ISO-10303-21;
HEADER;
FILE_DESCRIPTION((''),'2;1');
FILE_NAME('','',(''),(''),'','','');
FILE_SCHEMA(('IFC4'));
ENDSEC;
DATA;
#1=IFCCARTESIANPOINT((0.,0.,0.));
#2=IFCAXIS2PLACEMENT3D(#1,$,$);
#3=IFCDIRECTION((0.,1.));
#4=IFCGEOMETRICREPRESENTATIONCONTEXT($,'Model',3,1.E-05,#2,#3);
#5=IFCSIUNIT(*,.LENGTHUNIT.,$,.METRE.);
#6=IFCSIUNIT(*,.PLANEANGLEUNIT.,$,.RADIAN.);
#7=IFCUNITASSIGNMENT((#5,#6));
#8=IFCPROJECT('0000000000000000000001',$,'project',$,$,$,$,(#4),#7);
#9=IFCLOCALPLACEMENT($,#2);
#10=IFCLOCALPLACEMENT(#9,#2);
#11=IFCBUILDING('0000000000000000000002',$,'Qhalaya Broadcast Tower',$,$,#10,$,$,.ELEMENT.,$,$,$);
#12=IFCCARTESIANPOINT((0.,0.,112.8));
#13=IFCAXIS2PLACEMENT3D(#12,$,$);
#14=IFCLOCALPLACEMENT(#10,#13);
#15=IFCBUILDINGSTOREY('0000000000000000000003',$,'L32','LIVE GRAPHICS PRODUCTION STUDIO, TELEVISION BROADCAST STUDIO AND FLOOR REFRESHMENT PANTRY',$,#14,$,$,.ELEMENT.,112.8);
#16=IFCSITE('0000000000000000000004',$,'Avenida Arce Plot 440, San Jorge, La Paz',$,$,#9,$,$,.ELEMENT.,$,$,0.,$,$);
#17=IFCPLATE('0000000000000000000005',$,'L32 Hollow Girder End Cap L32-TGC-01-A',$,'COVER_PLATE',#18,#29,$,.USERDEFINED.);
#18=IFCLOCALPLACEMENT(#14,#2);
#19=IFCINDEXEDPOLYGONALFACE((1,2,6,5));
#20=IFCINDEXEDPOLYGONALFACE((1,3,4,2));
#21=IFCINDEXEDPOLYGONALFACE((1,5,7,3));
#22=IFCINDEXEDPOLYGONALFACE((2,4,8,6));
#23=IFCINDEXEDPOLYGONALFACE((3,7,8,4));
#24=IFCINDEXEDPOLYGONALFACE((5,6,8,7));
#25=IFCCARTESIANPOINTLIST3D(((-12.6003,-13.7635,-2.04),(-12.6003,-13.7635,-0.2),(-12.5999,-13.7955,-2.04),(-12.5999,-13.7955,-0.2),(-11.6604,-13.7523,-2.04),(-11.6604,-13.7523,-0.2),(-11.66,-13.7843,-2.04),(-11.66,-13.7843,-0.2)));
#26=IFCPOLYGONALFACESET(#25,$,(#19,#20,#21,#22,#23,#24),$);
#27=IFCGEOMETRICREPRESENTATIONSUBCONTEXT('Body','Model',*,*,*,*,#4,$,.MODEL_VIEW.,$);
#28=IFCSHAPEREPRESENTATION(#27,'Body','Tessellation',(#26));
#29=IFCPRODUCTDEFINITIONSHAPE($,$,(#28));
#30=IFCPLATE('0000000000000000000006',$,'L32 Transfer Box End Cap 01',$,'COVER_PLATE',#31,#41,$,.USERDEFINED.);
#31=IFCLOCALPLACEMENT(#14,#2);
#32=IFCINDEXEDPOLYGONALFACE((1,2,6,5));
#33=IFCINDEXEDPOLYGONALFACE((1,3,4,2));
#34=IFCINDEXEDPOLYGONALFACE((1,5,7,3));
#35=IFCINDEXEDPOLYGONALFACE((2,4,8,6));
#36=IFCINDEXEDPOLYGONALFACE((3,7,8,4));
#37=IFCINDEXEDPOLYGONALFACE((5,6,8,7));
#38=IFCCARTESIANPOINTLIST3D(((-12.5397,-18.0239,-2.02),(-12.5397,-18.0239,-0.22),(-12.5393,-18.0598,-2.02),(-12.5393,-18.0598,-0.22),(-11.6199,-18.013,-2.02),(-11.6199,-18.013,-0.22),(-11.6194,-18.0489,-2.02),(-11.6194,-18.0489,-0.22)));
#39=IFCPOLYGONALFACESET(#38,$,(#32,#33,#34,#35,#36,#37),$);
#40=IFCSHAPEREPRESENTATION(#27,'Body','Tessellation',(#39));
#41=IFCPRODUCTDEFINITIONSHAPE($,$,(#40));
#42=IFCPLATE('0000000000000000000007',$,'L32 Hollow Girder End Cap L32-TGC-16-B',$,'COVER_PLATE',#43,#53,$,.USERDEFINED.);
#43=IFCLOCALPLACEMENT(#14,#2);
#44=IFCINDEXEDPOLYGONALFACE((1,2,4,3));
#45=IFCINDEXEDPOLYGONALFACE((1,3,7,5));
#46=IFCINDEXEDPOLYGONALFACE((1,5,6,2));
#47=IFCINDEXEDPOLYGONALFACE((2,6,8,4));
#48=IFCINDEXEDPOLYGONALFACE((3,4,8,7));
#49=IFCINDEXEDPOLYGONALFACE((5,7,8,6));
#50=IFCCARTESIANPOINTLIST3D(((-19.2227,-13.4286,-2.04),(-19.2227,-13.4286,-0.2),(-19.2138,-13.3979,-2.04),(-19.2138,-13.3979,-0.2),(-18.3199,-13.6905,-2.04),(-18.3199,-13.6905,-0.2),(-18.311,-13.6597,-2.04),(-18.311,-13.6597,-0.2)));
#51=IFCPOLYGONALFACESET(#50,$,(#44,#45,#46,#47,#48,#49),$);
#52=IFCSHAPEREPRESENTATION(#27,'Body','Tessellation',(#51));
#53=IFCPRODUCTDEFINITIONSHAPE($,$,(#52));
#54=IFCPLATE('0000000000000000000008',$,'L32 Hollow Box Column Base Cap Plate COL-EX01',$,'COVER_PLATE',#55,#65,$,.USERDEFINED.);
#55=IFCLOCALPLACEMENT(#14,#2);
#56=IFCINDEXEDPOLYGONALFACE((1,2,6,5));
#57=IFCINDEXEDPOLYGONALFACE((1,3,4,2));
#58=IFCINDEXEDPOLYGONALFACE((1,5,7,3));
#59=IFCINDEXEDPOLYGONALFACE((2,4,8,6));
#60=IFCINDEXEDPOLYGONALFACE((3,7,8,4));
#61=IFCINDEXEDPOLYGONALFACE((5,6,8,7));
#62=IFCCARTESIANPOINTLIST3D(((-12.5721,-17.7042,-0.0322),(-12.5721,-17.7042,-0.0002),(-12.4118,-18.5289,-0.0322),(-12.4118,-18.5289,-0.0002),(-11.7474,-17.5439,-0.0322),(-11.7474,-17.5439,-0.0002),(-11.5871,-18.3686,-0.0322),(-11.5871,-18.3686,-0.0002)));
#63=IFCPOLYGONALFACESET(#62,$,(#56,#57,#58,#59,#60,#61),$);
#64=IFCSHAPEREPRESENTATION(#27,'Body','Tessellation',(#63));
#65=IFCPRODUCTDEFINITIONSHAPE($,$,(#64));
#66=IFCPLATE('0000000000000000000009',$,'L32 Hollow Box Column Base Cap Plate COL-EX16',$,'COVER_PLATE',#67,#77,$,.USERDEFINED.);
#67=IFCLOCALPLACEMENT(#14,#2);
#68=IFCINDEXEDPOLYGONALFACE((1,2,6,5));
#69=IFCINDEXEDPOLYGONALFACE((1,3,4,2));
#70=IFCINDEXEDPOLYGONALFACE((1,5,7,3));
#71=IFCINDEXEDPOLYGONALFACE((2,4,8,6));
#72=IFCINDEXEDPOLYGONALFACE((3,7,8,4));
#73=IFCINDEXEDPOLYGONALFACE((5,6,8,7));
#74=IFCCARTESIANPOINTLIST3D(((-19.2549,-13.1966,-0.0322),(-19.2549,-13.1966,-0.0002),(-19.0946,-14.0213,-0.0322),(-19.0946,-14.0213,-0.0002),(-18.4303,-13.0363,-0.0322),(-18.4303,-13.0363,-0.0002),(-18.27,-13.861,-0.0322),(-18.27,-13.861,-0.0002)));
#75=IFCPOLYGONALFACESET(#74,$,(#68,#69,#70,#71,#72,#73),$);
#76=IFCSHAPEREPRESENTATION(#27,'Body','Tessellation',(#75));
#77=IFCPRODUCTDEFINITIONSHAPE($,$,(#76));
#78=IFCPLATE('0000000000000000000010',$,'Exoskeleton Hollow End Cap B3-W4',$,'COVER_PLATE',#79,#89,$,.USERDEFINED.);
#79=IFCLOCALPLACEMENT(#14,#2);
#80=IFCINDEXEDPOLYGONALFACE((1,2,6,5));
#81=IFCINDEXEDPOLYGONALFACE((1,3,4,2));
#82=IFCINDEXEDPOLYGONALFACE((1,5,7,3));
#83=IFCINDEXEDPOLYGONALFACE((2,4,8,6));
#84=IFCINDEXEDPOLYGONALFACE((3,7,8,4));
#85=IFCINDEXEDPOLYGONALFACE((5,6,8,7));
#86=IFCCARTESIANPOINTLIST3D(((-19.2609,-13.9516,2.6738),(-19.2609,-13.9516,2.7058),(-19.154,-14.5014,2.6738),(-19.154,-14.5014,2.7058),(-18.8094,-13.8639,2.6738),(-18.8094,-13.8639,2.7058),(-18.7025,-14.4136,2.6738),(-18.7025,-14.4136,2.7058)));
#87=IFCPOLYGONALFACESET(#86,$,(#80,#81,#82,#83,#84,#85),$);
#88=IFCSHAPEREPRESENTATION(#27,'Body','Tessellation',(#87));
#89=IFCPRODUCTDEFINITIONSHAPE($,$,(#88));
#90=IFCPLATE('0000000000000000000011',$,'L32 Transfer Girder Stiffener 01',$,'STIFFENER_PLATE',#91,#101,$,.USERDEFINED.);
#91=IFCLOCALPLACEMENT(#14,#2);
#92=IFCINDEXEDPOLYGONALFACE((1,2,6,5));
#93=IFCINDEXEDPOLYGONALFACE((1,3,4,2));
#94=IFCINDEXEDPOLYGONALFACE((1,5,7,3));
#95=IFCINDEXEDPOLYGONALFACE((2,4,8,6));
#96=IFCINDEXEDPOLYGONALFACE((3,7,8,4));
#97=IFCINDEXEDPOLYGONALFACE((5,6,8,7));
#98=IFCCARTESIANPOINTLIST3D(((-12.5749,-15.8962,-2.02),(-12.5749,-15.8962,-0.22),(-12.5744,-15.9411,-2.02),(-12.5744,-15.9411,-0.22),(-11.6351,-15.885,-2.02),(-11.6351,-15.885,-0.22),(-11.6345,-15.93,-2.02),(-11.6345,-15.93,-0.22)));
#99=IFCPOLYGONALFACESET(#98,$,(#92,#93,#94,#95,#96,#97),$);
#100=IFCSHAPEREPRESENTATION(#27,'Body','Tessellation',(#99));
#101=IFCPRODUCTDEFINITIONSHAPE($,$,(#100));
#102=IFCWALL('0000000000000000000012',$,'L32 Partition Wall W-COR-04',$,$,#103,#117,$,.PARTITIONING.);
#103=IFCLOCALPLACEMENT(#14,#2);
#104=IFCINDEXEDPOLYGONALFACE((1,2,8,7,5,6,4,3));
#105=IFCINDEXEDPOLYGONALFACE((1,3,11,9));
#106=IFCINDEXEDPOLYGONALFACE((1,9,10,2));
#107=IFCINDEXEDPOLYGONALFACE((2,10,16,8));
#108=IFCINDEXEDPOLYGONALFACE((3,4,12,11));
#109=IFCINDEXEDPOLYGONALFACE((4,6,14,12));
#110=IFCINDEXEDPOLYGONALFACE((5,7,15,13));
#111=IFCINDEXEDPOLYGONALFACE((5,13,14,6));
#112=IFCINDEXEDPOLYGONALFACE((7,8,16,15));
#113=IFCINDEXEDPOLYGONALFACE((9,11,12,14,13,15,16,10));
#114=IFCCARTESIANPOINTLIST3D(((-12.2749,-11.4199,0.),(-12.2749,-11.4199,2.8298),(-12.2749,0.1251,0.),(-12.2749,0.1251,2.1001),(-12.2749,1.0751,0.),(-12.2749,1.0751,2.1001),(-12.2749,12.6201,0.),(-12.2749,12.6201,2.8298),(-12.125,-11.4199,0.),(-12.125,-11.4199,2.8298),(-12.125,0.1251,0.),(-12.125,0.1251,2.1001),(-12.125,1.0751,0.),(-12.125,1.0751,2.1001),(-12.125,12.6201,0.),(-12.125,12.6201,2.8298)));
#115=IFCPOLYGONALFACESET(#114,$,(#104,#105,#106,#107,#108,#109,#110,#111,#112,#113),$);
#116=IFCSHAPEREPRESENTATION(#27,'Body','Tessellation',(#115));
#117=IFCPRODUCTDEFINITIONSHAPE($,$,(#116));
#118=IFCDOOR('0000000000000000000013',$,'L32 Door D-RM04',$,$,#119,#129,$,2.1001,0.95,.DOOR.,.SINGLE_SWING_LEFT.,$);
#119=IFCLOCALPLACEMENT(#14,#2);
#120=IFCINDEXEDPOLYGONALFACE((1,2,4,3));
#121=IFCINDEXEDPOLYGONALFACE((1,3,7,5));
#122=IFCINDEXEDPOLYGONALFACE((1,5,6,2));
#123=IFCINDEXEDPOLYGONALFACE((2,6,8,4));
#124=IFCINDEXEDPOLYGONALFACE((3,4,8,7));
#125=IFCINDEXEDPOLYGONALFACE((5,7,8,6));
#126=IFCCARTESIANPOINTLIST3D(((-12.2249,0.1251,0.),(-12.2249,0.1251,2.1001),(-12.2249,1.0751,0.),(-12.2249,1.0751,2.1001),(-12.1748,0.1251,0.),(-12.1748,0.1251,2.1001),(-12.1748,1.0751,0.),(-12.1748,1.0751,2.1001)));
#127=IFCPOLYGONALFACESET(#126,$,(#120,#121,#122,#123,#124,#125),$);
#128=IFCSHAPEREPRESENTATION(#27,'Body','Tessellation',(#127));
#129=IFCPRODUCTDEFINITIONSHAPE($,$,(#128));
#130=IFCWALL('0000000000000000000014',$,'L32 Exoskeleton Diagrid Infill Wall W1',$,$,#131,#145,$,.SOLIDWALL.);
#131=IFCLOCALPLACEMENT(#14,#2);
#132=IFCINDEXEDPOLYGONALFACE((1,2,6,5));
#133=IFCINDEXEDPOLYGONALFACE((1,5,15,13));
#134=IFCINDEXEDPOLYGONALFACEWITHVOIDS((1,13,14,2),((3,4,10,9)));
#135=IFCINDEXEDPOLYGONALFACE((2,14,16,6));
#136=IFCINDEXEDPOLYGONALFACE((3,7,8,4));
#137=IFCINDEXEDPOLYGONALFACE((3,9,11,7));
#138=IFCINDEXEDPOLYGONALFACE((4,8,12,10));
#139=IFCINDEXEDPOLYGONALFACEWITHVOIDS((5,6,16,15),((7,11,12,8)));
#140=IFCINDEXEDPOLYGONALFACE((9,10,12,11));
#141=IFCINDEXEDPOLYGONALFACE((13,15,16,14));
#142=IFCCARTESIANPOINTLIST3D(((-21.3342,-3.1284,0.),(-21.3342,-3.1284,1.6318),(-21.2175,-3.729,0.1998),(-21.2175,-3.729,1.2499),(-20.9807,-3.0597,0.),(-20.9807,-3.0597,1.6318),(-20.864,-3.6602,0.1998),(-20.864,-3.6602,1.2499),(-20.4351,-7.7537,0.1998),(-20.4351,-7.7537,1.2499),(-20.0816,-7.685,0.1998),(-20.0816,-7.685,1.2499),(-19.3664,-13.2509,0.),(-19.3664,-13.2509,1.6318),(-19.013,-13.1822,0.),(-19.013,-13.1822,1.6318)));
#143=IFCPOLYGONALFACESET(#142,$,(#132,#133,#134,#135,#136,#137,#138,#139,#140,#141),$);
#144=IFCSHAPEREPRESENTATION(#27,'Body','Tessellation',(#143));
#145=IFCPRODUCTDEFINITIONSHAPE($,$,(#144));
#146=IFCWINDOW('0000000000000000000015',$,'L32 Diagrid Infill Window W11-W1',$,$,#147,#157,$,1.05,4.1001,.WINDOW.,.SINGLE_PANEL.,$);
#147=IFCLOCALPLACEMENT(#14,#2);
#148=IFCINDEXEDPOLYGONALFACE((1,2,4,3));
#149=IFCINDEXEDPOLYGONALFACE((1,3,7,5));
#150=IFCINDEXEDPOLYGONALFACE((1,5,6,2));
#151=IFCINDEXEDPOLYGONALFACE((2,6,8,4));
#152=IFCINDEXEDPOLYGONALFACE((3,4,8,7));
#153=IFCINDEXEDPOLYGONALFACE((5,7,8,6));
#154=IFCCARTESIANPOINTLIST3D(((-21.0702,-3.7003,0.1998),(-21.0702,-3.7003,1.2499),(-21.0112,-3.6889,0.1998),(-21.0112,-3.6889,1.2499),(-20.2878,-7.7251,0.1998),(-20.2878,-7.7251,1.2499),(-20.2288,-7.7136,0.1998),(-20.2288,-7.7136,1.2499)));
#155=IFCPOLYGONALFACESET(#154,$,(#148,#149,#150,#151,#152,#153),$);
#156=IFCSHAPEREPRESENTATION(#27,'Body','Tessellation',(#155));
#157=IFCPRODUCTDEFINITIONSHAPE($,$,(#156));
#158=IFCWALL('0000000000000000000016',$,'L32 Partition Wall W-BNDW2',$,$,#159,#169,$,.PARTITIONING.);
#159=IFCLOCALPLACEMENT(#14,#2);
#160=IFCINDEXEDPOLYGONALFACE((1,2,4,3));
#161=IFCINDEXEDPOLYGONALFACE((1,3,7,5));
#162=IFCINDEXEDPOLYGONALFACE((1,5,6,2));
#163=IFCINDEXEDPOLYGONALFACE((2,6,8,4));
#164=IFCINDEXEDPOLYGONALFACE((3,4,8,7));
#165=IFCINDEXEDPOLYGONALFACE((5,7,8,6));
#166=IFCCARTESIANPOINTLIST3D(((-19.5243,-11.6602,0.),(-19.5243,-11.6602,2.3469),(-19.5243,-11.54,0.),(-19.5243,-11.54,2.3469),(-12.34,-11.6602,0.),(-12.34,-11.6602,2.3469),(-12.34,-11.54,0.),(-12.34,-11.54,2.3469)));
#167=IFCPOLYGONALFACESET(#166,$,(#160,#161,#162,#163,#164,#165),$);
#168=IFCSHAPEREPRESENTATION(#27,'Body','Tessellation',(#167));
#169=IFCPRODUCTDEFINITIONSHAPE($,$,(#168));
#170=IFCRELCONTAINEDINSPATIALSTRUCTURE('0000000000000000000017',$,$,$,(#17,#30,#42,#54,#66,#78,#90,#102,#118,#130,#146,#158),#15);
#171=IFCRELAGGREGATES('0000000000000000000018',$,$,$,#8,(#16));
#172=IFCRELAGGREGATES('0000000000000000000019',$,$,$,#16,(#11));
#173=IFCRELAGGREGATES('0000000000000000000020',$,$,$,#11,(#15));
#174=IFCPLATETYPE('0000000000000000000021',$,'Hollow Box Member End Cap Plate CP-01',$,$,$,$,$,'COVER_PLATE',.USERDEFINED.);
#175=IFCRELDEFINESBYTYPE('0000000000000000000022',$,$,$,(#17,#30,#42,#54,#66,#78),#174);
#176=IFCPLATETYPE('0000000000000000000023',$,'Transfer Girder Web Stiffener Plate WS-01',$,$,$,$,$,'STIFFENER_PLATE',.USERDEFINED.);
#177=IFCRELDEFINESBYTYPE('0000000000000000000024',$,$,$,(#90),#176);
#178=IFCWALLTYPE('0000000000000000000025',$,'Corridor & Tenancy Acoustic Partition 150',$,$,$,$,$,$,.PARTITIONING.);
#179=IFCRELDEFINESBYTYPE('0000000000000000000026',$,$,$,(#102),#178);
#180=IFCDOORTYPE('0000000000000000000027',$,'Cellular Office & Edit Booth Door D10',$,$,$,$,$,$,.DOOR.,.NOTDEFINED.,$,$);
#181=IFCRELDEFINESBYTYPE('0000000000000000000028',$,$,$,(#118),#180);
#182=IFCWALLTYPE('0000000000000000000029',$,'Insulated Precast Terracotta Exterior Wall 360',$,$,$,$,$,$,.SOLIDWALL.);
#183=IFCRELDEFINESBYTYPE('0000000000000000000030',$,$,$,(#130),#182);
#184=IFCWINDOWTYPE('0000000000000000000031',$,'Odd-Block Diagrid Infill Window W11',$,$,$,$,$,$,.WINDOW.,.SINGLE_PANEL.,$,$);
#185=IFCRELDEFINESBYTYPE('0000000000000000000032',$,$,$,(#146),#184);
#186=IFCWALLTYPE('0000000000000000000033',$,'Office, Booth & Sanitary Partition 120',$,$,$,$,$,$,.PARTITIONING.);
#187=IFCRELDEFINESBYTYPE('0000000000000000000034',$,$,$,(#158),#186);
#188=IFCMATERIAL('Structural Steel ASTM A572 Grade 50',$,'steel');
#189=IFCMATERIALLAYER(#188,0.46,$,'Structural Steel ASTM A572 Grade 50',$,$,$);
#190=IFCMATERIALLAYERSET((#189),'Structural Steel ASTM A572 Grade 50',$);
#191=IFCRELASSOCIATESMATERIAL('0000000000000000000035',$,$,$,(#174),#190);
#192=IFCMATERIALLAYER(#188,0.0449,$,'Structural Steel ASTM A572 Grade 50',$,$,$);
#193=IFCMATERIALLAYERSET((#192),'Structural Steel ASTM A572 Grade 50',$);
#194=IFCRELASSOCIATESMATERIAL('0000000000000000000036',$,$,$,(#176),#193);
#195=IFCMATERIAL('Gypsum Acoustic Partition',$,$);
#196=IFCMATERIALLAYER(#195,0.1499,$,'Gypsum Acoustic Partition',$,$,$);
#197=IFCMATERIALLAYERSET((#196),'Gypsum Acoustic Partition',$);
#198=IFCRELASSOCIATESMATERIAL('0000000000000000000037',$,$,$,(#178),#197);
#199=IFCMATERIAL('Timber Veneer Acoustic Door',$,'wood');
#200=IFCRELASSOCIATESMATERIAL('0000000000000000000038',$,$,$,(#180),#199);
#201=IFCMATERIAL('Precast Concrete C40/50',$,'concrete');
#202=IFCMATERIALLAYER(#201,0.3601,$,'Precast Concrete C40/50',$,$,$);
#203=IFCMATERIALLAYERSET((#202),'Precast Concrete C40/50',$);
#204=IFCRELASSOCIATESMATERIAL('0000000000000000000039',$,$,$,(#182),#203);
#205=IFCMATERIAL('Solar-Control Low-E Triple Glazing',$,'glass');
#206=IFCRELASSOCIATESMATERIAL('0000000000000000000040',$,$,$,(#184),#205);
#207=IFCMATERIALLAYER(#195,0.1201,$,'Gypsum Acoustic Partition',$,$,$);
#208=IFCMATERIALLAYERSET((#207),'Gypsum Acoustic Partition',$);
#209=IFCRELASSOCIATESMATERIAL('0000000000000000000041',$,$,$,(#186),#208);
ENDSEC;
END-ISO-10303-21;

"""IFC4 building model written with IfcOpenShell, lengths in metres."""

from ifc_helpers import new_model, si_unit, direction, frame, frame_2d, origin, origin_2d, place, context, subcontext, project, spatial, rectangle, extrude, material, layer, layer_set, type_object, element, fill, save


model = new_model("IFC4")

# Units and contexts
model_context = context("Model", 3, precision=1e-05, world=origin(), true_north=direction((0.0, 1.0)))
body_context = subcontext(model_context, "Body", "Model", "MODEL_VIEW")
ifc_project = project(units=[si_unit("LENGTHUNIT", "METRE"), si_unit("PLANEANGLEUNIT", "RADIAN")], contexts=[model_context])

# Site, building, storey
site_placement = place(None, origin())
site = spatial("IfcSite", under=ifc_project, at=site_placement, Name="Avenida Arce Plot 440, San Jorge, La Paz", CompositionType="ELEMENT", RefElevation=0.0)
building_placement = place(site_placement, origin())
building = spatial("IfcBuilding", under=site, at=building_placement, Name="Qhalaya Broadcast Tower", CompositionType="ELEMENT")
storey_placement = place(building_placement, frame((0.0, 0.0, 112.8)))
storey = spatial("IfcBuildingStorey", under=building, at=storey_placement, Name="L32", Description="LIVE GRAPHICS PRODUCTION STUDIO, TELEVISION BROADCAST STUDIO AND FLOOR REFRESHMENT PANTRY", CompositionType="ELEMENT", Elevation=112.8)

# Shared definitions
ifc_material_1 = material(Name="Structural Steel ASTM A572 Grade 50", Category="steel")

# Plates
ifc_layer_1 = layer(ifc_material_1, 0.46, Name="Structural Steel ASTM A572 Grade 50")
ifc_layer_set_1 = layer_set([ifc_layer_1], Name="Structural Steel ASTM A572 Grade 50")
plate_type_1 = type_object("IfcPlateType", Name="Hollow Box Member End Cap Plate CP-01", ElementType="COVER_PLATE", PredefinedType="USERDEFINED", material=ifc_layer_set_1)
for number, where, z_axis, x_axis, name in (
    (1, (-12.1301, -13.7739, -2.04), (0.0, 0.0, 1.0), (0.999929, 0.011885, 0.0), "L32 Hollow Girder End Cap L32-TGC-01-A"),
):
    element("IfcPlate", number, at=place(storey_placement, frame(where, z_axis=z_axis, x_axis=x_axis)), inside=storey, type_object=plate_type_1, Name=name, ObjectType="COVER_PLATE", PredefinedType="USERDEFINED", context=body_context, shape_type="SweptSolid", body=[
        extrude(rectangle(XDim=0.9399, YDim=0.032, at=origin_2d()), origin(), (0.0, 0.0, 1.0), 1.8401),
    ])
plate_1_placement = place(storey_placement, frame((-12.0796, -18.0364, -2.02), z_axis=(0.0, 0.0, 1.0), x_axis=(0.999929, 0.011885, 0.0)))
element("IfcPlate", 2, at=plate_1_placement, inside=storey, type_object=plate_type_1, Name="L32 Transfer Box End Cap 01", ObjectType="COVER_PLATE", PredefinedType="USERDEFINED", context=body_context, shape_type="SweptSolid", body=[
    extrude(rectangle(XDim=0.9199, YDim=0.0359, at=origin_2d()), origin(), (0.0, 0.0, 1.0), 1.8),
])
plate_2_placement = place(storey_placement, frame((-18.7668, -13.5442, -2.04), z_axis=(0.0, 0.0, 1.0), x_axis=(0.96042, -0.278555, 0.0)))
element("IfcPlate", 3, at=plate_2_placement, inside=storey, type_object=plate_type_1, Name="L32 Hollow Girder End Cap L32-TGC-16-B", ObjectType="COVER_PLATE", PredefinedType="USERDEFINED", context=body_context, shape_type="SweptSolid", body=[
    extrude(rectangle(XDim=0.9399, YDim=0.032, at=origin_2d()), origin(), (0.0, 0.0, 1.0), 1.8401),
])
for number, where, z_axis, x_axis, name in (
    (4, (-12.0796, -18.0364, -0.0322), (0.0, 0.0, 1.0), (0.981627, 0.190809, 0.0), "L32 Hollow Box Column Base Cap Plate COL-EX01"),
    (5, (-18.7625, -13.5288, -0.0322), (0.0, 0.0, 1.0), (-0.190809, 0.981627, 0.0), "L32 Hollow Box Column Base Cap Plate COL-EX16"),
):
    element("IfcPlate", number, at=place(storey_placement, frame(where, z_axis=z_axis, x_axis=x_axis)), inside=storey, type_object=plate_type_1, Name=name, ObjectType="COVER_PLATE", PredefinedType="USERDEFINED", context=body_context, shape_type="SweptSolid", body=[
        extrude(rectangle(XDim=0.8401, YDim=0.8401, at=origin_2d()), origin(), (0.0, 0.0, 1.0), 0.032),
    ])
plate_3_placement = place(storey_placement, frame((-18.9817, -14.1826, 2.6738), z_axis=(0.0, 0.0, 1.0), x_axis=(-0.190809, 0.981627, 0.0)))
element("IfcPlate", 6, at=plate_3_placement, inside=storey, type_object=plate_type_1, Name="Exoskeleton Hollow End Cap B3-W4", ObjectType="COVER_PLATE", PredefinedType="USERDEFINED", context=body_context, shape_type="SweptSolid", body=[
    extrude(rectangle(XDim=0.5601, YDim=0.46, at=origin_2d()), origin(), (0.0, 0.0, 1.0), 0.032),
])
ifc_layer_2 = layer(ifc_material_1, 0.0449, Name="Structural Steel ASTM A572 Grade 50")
ifc_layer_set_2 = layer_set([ifc_layer_2], Name="Structural Steel ASTM A572 Grade 50")
plate_type_2 = type_object("IfcPlateType", Name="Transfer Girder Web Stiffener Plate WS-01", ElementType="STIFFENER_PLATE", PredefinedType="USERDEFINED", material=ifc_layer_set_2)
plate_4_placement = place(storey_placement, frame((-12.1047, -15.9131, -2.02), z_axis=(0.0, 0.0, 1.0), x_axis=(0.999929, 0.011885, 0.0)))
element("IfcPlate", 7, at=plate_4_placement, inside=storey, type_object=plate_type_2, Name="L32 Transfer Girder Stiffener 01", ObjectType="STIFFENER_PLATE", PredefinedType="USERDEFINED", context=body_context, shape_type="SweptSolid", body=[
    extrude(rectangle(XDim=0.9399, YDim=0.0449, at=origin_2d()), origin(), (0.0, 0.0, 1.0), 1.8),
])

# Wall, opening, door
ifc_material_2 = material(Name="Gypsum Acoustic Partition")
ifc_layer_3 = layer(ifc_material_2, 0.1499, Name="Gypsum Acoustic Partition")
ifc_layer_set_3 = layer_set([ifc_layer_3], Name="Gypsum Acoustic Partition")
wall_type_1 = type_object("IfcWallType", Name="Corridor & Tenancy Acoustic Partition 150", PredefinedType="PARTITIONING", material=ifc_layer_set_3)
wall_1_placement = place(storey_placement, frame((-12.2, -11.4199, 0.0), z_axis=(0.0, 0.0, 1.0), x_axis=(0.0, 1.0, 0.0)))
wall_1 = element("IfcWall", 8, at=wall_1_placement, inside=storey, type_object=wall_type_1, Name="L32 Partition Wall W-COR-04", PredefinedType="PARTITIONING", context=body_context, shape_type="SweptSolid", body=[
    extrude(rectangle(XDim=24.04, YDim=0.1499, at=frame_2d((12.02, 0.0))), origin(), (0.0, 0.0, 1.0), 2.8298),
])
opening_1_placement = place(wall_1_placement, frame((11.5449, 0.0, 0.0)))
opening_1 = element("IfcOpeningElement", 9, at=opening_1_placement, cuts=wall_1, PredefinedType="OPENING", context=body_context, shape_type="SweptSolid", body=[
    extrude(rectangle(XDim=0.95, YDim=2.1001, at=frame_2d((0.4751, 1.05))), frame((0.0, 0.0869, 0.0), z_axis=(0.0, -1.0, 0.0), x_axis=(1.0, 0.0, 0.0)), (0.0, 0.0, 1.0), 0.1738),
])
ifc_material_3 = material(Name="Timber Veneer Acoustic Door", Category="wood")
door_type = type_object("IfcDoorType", Name="Cellular Office & Edit Booth Door D10", OperationType="NOTDEFINED", PredefinedType="DOOR", material=ifc_material_3)
door_placement = place(opening_1_placement, origin())
door = element("IfcDoor", 10, at=door_placement, inside=storey, type_object=door_type, Name="L32 Door D-RM04", OperationType="SINGLE_SWING_LEFT", OverallHeight=2.1001, OverallWidth=0.95, PredefinedType="DOOR", context=body_context, shape_type="SweptSolid", body=[
    extrude(rectangle(XDim=0.95, YDim=2.1001, at=frame_2d((0.4751, 1.05))), frame((0.0, 0.0249, 0.0), z_axis=(0.0, -1.0, 0.0), x_axis=(1.0, 0.0, 0.0)), (0.0, 0.0, 1.0), 0.05),
])
fill(opening_1, door)

# Wall, opening, window
ifc_material_4 = material(Name="Precast Concrete C40/50", Category="concrete")
ifc_layer_4 = layer(ifc_material_4, 0.3601, Name="Precast Concrete C40/50")
ifc_layer_set_4 = layer_set([ifc_layer_4], Name="Precast Concrete C40/50")
wall_type_2 = type_object("IfcWallType", Name="Insulated Precast Terracotta Exterior Wall 360", PredefinedType="SOLIDWALL", material=ifc_layer_set_4)
wall_2_placement = place(storey_placement, frame((-19.1897, -13.2166, 0.0), z_axis=(0.0, 0.0, 1.0), x_axis=(-0.190823, 0.981625, 0.0)))
wall_2 = element("IfcWall", 11, at=wall_2_placement, inside=storey, type_object=wall_type_2, Name="L32 Exoskeleton Diagrid Infill Wall W1", PredefinedType="SOLIDWALL", context=body_context, shape_type="SweptSolid", body=[
    extrude(rectangle(XDim=10.312, YDim=0.3601, at=frame_2d((5.156, 0.0))), origin(), (0.0, 0.0, 1.0), 1.6318),
])
opening_2_placement = place(wall_2_placement, frame((5.6001, 0.0, 0.2)))
opening_2 = element("IfcOpeningElement", 12, at=opening_2_placement, cuts=wall_2, PredefinedType="OPENING", context=body_context, shape_type="SweptSolid", body=[
    extrude(rectangle(XDim=4.1001, YDim=1.05, at=frame_2d((2.05, 0.5249))), frame((0.0, 0.1921, 0.0), z_axis=(0.0, -1.0, 0.0), x_axis=(1.0, 0.0, 0.0)), (0.0, 0.0, 1.0), 0.384),
])
ifc_material_5 = material(Name="Solar-Control Low-E Triple Glazing", Category="glass")
window_type = type_object("IfcWindowType", Name="Odd-Block Diagrid Infill Window W11", PartitioningType="SINGLE_PANEL", PredefinedType="WINDOW", material=ifc_material_5)
window_placement = place(opening_2_placement, origin())
window = element("IfcWindow", 13, at=window_placement, inside=storey, type_object=window_type, Name="L32 Diagrid Infill Window W11-W1", OverallHeight=1.05, OverallWidth=4.1001, PartitioningType="SINGLE_PANEL", PredefinedType="WINDOW", context=body_context, shape_type="SweptSolid", body=[
    extrude(rectangle(XDim=4.1001, YDim=1.05, at=frame_2d((2.05, 0.5249))), frame((0.0, 0.03, 0.0), z_axis=(0.0, -1.0, 0.0), x_axis=(1.0, 0.0, 0.0)), (0.0, 0.0, 1.0), 0.0601),
])
fill(opening_2, window)

# Wall
ifc_layer_5 = layer(ifc_material_2, 0.1201, Name="Gypsum Acoustic Partition")
ifc_layer_set_5 = layer_set([ifc_layer_5], Name="Gypsum Acoustic Partition")
wall_type_3 = type_object("IfcWallType", Name="Office, Booth & Sanitary Partition 120", PredefinedType="PARTITIONING", material=ifc_layer_set_5)
wall_3_placement = place(storey_placement, frame((-19.5244, -11.6001, 0.0), z_axis=(0.0, 0.0, 1.0), x_axis=(1.0, 0.0, 0.0)))
element("IfcWall", 14, at=wall_3_placement, inside=storey, type_object=wall_type_3, Name="L32 Partition Wall W-BNDW2", PredefinedType="PARTITIONING", context=body_context, shape_type="SweptSolid", body=[
    extrude(rectangle(XDim=7.1843, YDim=0.1201, at=frame_2d((3.5923, 0.0))), origin(), (0.0, 0.0, 1.0), 2.3469),
])

save(model, "model.ifc")
